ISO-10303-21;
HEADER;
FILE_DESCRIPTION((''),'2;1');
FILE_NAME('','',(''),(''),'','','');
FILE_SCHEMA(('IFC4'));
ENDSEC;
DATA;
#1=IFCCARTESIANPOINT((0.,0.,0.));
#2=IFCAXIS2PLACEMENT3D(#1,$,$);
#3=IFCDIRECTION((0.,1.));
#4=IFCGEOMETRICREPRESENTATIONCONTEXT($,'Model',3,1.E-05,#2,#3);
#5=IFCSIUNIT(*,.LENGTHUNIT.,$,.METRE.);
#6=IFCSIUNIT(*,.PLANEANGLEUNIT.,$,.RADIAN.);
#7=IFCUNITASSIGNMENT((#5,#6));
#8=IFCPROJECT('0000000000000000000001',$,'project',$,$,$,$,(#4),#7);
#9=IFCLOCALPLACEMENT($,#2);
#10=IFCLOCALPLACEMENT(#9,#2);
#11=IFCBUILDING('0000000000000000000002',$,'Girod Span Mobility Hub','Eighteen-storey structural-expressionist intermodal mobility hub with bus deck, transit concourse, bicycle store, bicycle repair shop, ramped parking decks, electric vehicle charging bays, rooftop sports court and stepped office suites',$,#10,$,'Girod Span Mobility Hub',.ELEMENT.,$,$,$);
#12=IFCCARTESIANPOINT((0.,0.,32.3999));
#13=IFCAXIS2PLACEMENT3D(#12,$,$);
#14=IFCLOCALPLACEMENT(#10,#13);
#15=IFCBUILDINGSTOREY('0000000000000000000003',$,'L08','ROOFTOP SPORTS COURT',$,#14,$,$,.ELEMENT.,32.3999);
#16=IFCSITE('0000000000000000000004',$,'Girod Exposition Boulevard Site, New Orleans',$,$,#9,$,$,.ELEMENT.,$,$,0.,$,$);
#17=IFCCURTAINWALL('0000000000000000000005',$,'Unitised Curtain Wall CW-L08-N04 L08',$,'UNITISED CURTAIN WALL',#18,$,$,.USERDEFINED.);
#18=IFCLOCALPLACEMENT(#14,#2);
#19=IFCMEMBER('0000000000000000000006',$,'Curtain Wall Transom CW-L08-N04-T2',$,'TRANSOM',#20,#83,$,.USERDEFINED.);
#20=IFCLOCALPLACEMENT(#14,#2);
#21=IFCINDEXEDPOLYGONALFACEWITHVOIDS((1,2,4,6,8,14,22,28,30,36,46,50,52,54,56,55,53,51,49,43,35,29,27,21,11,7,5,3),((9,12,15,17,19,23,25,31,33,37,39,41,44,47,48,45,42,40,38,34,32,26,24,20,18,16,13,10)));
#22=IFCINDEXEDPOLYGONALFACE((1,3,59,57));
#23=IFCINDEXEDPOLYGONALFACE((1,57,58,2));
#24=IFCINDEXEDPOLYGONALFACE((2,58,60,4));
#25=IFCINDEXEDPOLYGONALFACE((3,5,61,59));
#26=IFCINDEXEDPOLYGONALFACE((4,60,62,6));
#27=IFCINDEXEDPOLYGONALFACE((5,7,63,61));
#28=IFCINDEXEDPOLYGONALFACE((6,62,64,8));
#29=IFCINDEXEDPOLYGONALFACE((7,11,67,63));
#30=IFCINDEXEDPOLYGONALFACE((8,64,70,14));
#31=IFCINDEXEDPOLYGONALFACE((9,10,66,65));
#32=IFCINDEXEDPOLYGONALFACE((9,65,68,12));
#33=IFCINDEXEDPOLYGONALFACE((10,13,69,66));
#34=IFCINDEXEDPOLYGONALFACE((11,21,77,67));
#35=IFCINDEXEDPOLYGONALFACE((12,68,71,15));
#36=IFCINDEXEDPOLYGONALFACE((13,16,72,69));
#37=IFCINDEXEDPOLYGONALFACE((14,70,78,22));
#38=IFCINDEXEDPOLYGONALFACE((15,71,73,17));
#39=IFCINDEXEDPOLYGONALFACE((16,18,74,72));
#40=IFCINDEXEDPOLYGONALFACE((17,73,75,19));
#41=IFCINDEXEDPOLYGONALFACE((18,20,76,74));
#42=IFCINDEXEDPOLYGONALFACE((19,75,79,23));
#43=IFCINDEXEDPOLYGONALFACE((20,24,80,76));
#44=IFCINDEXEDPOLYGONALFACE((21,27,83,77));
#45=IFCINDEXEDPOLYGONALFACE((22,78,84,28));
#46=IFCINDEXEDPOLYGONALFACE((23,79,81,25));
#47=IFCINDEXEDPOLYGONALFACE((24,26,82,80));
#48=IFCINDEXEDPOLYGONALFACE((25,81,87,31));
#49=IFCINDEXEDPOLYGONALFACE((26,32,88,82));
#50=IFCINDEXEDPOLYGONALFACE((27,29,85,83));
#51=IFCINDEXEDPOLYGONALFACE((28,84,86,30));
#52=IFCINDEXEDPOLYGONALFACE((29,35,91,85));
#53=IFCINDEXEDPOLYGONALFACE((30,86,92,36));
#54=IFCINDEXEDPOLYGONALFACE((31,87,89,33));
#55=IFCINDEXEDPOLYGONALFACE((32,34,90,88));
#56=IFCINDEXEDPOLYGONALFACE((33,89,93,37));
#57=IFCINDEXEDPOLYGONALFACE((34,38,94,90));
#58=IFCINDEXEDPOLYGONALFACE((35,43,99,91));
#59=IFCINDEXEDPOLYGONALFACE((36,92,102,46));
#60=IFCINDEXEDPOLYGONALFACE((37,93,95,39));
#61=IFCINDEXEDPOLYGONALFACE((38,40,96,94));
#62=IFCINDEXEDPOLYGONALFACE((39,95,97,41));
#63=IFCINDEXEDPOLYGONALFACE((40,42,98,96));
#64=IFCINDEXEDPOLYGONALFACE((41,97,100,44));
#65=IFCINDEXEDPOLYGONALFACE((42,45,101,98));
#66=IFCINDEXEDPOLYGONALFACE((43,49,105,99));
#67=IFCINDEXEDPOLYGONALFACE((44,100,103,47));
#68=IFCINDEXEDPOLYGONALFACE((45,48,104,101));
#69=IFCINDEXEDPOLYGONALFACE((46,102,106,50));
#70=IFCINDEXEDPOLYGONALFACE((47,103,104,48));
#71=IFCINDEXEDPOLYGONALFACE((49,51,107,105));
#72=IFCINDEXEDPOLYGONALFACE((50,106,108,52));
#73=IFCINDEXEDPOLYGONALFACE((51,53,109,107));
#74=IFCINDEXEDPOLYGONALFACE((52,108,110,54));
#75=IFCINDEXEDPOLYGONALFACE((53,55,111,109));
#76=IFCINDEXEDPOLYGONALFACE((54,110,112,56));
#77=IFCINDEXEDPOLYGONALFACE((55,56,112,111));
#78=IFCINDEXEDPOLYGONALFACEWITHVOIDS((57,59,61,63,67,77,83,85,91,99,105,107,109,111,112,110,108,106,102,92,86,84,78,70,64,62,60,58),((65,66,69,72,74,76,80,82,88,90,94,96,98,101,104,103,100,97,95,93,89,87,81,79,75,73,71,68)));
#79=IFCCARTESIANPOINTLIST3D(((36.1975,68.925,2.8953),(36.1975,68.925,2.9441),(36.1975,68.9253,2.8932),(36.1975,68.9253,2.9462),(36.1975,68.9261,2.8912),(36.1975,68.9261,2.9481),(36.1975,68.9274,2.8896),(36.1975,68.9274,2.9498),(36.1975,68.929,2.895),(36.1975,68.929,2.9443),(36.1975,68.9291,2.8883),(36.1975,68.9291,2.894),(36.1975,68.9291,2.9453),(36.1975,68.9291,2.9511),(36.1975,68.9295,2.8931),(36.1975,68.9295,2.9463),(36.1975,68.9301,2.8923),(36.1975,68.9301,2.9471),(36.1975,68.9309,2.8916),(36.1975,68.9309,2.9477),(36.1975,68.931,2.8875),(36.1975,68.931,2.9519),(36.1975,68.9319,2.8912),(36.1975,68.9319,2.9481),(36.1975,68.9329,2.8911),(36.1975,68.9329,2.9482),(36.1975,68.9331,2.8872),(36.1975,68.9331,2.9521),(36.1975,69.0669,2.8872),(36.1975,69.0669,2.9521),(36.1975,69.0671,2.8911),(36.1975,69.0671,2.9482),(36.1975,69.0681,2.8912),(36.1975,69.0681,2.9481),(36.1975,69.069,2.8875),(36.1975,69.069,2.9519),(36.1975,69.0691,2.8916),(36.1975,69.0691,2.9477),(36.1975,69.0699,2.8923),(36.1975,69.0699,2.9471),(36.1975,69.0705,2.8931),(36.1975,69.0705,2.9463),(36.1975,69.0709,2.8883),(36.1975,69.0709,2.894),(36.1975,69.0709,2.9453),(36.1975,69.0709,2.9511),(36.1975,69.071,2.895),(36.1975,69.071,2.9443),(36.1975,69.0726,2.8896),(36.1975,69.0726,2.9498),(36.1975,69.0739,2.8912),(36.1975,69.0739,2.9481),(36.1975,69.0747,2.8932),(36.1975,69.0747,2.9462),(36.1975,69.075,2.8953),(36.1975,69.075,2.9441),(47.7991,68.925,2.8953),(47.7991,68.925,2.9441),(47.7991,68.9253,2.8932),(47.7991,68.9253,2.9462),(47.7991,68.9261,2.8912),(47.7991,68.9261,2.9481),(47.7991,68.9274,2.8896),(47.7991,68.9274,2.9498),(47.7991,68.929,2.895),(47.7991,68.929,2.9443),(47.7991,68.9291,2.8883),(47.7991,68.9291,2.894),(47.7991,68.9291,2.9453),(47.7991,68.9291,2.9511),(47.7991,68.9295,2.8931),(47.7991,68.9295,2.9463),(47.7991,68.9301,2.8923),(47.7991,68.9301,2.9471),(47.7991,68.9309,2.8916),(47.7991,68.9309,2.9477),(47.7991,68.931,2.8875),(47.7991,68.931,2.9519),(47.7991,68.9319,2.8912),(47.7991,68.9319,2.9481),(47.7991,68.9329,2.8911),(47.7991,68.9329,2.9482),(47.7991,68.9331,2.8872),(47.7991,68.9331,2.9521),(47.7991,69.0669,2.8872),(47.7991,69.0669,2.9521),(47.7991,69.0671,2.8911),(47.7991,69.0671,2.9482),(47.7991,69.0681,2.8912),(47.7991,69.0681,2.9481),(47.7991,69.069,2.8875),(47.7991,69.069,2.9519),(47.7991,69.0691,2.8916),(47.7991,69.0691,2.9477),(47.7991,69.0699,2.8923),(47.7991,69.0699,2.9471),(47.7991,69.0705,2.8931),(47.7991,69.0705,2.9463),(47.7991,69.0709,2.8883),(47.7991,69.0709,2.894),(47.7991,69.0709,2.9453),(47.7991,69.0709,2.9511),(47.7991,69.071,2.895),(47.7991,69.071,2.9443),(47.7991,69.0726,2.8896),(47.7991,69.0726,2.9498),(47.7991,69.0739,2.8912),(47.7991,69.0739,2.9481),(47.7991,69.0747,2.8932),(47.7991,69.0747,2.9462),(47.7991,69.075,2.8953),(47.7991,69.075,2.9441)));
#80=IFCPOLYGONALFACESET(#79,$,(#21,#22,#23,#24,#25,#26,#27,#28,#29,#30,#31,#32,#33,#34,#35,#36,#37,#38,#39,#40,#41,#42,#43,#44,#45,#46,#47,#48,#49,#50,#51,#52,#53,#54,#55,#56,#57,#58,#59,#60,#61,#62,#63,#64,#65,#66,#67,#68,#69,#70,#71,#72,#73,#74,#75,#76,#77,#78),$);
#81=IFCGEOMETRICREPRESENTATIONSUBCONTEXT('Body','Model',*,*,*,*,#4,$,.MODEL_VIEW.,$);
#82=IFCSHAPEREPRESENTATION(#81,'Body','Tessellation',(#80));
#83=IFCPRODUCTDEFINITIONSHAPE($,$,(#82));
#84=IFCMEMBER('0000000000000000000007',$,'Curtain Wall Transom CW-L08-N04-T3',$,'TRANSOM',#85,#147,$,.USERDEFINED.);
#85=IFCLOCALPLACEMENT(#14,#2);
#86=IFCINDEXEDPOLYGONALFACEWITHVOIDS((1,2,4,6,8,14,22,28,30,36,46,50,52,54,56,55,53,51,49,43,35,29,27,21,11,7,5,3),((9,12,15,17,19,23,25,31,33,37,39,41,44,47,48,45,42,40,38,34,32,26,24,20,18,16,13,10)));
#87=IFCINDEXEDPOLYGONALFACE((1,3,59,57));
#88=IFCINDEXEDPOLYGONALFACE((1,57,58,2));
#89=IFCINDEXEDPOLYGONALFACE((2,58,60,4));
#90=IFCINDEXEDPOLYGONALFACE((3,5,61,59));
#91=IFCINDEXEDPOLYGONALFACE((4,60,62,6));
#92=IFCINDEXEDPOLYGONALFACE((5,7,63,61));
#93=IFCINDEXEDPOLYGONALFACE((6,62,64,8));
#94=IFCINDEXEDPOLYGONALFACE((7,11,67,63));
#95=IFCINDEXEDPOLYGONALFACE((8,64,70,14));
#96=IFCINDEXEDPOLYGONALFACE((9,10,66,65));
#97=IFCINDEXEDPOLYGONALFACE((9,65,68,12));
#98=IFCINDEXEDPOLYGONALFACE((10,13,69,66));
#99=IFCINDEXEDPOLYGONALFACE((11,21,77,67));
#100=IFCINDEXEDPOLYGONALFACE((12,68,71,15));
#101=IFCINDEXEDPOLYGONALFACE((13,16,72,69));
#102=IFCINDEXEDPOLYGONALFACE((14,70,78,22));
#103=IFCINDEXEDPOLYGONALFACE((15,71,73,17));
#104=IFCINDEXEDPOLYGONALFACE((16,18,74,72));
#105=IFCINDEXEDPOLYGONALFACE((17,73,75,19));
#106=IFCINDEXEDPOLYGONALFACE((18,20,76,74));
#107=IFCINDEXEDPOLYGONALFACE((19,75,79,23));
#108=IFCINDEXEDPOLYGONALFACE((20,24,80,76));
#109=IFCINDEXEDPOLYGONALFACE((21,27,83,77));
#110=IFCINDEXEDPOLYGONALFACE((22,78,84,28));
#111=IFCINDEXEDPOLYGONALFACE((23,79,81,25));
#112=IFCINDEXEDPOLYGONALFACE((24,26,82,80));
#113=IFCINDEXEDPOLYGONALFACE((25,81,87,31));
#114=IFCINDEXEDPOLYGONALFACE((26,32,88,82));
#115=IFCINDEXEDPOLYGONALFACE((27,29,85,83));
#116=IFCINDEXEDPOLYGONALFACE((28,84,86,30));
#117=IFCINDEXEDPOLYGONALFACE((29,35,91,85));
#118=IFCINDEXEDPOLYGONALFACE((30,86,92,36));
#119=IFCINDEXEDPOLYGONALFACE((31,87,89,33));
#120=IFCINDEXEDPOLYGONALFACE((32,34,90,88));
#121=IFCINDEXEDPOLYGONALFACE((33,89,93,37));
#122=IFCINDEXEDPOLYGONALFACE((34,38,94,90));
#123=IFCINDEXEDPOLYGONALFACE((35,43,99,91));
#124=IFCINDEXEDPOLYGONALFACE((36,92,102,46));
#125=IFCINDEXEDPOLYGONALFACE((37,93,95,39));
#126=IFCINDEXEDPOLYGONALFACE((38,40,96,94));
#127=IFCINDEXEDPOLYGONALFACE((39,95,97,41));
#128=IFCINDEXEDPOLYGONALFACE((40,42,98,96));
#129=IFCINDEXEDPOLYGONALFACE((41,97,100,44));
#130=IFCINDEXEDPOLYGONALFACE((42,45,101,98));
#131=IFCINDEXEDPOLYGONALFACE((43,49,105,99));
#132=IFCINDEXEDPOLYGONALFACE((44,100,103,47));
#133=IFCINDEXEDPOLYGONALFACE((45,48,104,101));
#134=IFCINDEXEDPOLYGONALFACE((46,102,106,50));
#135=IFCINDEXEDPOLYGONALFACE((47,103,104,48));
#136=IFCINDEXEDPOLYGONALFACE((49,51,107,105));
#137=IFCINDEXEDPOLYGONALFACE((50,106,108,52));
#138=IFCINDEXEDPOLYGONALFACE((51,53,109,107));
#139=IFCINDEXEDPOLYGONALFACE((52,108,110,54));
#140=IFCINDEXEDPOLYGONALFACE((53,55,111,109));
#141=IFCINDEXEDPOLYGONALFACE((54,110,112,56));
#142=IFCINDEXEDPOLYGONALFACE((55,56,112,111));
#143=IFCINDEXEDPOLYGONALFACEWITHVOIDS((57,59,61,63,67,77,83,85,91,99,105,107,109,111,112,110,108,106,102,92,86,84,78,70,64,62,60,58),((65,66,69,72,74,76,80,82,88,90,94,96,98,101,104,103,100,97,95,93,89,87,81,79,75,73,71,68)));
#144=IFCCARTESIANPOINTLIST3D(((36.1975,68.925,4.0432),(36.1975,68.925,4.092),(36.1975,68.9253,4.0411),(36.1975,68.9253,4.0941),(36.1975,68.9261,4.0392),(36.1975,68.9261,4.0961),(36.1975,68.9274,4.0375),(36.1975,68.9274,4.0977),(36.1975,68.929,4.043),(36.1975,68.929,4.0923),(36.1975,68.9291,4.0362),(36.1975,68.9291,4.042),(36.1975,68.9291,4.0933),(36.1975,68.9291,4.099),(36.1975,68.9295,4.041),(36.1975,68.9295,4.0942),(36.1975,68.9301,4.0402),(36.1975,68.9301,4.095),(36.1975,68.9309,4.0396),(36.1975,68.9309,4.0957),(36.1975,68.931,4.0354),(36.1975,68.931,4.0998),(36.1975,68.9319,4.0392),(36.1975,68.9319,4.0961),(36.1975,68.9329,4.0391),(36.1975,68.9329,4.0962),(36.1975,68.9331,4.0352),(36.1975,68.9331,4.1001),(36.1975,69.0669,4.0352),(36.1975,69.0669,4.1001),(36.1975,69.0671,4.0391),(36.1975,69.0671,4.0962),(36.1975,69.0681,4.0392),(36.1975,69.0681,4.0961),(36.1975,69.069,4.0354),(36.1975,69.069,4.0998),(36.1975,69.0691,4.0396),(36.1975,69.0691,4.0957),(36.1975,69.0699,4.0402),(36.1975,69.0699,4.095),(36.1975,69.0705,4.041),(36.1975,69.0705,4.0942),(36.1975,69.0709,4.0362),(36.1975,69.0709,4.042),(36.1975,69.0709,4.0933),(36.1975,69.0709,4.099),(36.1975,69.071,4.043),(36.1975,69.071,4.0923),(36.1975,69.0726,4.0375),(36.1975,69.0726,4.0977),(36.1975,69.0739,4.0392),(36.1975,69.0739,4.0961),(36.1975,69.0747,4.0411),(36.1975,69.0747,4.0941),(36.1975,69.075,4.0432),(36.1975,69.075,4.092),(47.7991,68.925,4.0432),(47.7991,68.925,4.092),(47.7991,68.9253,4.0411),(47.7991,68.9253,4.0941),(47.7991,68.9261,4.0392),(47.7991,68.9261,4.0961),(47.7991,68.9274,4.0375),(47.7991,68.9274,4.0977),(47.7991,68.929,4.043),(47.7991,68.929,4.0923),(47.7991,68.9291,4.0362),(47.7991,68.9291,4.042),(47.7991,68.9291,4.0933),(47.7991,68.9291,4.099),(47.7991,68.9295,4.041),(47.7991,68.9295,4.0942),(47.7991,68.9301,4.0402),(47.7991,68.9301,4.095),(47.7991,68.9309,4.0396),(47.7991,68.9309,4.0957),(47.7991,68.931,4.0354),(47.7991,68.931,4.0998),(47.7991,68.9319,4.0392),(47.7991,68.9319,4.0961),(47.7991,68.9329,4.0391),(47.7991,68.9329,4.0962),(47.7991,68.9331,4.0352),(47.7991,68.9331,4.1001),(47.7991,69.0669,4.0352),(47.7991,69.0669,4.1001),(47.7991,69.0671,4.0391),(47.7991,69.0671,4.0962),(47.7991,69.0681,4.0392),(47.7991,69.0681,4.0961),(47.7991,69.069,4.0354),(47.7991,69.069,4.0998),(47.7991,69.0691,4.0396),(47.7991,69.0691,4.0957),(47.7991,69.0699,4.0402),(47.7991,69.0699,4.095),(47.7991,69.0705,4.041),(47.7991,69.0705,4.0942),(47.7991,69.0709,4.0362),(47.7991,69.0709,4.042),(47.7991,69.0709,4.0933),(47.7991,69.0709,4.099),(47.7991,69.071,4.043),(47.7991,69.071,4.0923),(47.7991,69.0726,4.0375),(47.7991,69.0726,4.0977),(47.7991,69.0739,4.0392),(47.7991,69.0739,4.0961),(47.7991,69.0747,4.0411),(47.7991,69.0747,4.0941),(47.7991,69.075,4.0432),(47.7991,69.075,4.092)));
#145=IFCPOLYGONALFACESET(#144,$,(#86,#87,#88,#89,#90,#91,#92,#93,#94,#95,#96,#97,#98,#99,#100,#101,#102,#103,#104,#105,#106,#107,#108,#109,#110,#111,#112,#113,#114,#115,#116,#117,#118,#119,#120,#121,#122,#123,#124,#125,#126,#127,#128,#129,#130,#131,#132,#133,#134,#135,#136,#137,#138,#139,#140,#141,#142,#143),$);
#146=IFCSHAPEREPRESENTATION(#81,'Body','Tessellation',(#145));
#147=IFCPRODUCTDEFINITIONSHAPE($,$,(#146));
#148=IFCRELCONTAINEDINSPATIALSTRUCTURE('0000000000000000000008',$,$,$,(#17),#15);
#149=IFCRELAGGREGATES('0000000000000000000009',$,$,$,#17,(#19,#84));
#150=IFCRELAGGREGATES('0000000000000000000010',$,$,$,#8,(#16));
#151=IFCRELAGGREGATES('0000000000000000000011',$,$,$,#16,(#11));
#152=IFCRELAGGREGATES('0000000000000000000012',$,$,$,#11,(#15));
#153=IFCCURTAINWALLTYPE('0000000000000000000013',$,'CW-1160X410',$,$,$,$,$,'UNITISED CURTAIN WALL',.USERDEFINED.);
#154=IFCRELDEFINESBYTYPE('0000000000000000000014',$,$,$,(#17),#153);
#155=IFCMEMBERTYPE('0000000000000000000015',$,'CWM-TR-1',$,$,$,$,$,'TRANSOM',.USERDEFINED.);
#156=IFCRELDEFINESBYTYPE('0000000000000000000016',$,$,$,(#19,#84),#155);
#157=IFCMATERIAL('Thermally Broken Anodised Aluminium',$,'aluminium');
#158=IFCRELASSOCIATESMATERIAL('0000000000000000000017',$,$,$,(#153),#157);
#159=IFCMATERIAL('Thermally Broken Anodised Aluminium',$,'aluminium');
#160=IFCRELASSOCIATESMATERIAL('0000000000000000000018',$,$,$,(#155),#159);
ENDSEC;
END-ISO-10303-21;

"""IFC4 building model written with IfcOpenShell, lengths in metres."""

from ifc_helpers import new_model, si_unit, direction, frame, origin, origin_2d, place, context, subcontext, project, spatial, hollow_rectangle, extrude, material, material_profile, profile_set, type_object, element, aggregate, save


model = new_model("IFC4")

# Units and contexts
model_context = context("Model", 3, precision=1e-05, world=origin(), true_north=direction((0.0, 1.0)))
body_context = subcontext(model_context, "Body", "Model", "MODEL_VIEW")
ifc_project = project(units=[si_unit("LENGTHUNIT", "METRE"), si_unit("PLANEANGLEUNIT", "RADIAN")], contexts=[model_context])

# Site, building, storey
site_placement = place(None, origin())
site = spatial("IfcSite", under=ifc_project, at=site_placement, Name="Girod Exposition Boulevard Site, New Orleans", CompositionType="ELEMENT", RefElevation=0.0)
building_placement = place(site_placement, origin())
building = spatial("IfcBuilding", under=site, at=building_placement, Name="Girod Span Mobility Hub", Description="Eighteen-storey structural-expressionist intermodal mobility hub with bus deck, transit concourse, bicycle store, bicycle repair shop, ramped parking decks, electric vehicle charging bays, rooftop sports court and stepped office suites", LongName="Girod Span Mobility Hub", CompositionType="ELEMENT")
storey_placement = place(building_placement, frame((0.0, 0.0, 32.3999)))
storey = spatial("IfcBuildingStorey", under=building, at=storey_placement, Name="L08", Description="ROOFTOP SPORTS COURT", CompositionType="ELEMENT", Elevation=32.3999)

# Curtain wall, members
ifc_material_1 = material(Name="Thermally Broken Anodised Aluminium", Category="aluminium")
curtain_wall_type = type_object("IfcCurtainWallType", Name="CW-1160X410", ElementType="UNITISED CURTAIN WALL", PredefinedType="USERDEFINED", material=ifc_material_1)
curtain_wall_placement = place(storey_placement, origin())
curtain_wall = element("IfcCurtainWall", 1, at=curtain_wall_placement, inside=storey, type_object=curtain_wall_type, Name="Unitised Curtain Wall CW-L08-N04 L08", ObjectType="UNITISED CURTAIN WALL", PredefinedType="USERDEFINED")
ifc_material_2 = material(Name="Thermally Broken Anodised Aluminium", Category="aluminium")
ifc_material_profile_1 = material_profile(ifc_material_2, hollow_rectangle(XDim=0.1499, YDim=0.0649, WallThickness=0.0039, InnerFilletRadius=0.0039, OuterFilletRadius=0.0081, at=origin_2d()), Name="CW-TR-65X150")
ifc_profile_set_1 = profile_set([ifc_material_profile_1], Name="Thermally Broken Anodised Aluminium")
member_type_1 = type_object("IfcMemberType", Name="CWM-TR-1", ElementType="TRANSOM", PredefinedType="USERDEFINED", material=ifc_profile_set_1)
member_1_placement = place(storey_placement, frame((36.1975, 69.0, 2.9197), z_axis=(1.0, 0.0, 0.0), x_axis=(0.0, 1.0, 0.0)))
member_1 = element("IfcMember", 2, at=member_1_placement, type_object=member_type_1, Name="Curtain Wall Transom CW-L08-N04-T2", ObjectType="TRANSOM", PredefinedType="USERDEFINED", context=body_context, shape_type="SweptSolid", body=[
    extrude(hollow_rectangle(XDim=0.1499, YDim=0.0649, WallThickness=0.0039, InnerFilletRadius=0.0039, OuterFilletRadius=0.0081, at=origin_2d()), origin(), (0.0, 0.0, 1.0), 11.6016),
])
member_2_placement = place(storey_placement, frame((36.1975, 69.0, 4.0676), z_axis=(1.0, 0.0, 0.0), x_axis=(0.0, 1.0, 0.0)))
member_2 = element("IfcMember", 3, at=member_2_placement, type_object=member_type_1, Name="Curtain Wall Transom CW-L08-N04-T3", ObjectType="TRANSOM", PredefinedType="USERDEFINED", context=body_context, shape_type="SweptSolid", body=[
    extrude(hollow_rectangle(XDim=0.1499, YDim=0.0649, WallThickness=0.0039, InnerFilletRadius=0.0039, OuterFilletRadius=0.0081, at=origin_2d()), origin(), (0.0, 0.0, 1.0), 11.6016),
])

aggregate(curtain_wall, [member_1, member_2])

save(model, "model.ifc")
